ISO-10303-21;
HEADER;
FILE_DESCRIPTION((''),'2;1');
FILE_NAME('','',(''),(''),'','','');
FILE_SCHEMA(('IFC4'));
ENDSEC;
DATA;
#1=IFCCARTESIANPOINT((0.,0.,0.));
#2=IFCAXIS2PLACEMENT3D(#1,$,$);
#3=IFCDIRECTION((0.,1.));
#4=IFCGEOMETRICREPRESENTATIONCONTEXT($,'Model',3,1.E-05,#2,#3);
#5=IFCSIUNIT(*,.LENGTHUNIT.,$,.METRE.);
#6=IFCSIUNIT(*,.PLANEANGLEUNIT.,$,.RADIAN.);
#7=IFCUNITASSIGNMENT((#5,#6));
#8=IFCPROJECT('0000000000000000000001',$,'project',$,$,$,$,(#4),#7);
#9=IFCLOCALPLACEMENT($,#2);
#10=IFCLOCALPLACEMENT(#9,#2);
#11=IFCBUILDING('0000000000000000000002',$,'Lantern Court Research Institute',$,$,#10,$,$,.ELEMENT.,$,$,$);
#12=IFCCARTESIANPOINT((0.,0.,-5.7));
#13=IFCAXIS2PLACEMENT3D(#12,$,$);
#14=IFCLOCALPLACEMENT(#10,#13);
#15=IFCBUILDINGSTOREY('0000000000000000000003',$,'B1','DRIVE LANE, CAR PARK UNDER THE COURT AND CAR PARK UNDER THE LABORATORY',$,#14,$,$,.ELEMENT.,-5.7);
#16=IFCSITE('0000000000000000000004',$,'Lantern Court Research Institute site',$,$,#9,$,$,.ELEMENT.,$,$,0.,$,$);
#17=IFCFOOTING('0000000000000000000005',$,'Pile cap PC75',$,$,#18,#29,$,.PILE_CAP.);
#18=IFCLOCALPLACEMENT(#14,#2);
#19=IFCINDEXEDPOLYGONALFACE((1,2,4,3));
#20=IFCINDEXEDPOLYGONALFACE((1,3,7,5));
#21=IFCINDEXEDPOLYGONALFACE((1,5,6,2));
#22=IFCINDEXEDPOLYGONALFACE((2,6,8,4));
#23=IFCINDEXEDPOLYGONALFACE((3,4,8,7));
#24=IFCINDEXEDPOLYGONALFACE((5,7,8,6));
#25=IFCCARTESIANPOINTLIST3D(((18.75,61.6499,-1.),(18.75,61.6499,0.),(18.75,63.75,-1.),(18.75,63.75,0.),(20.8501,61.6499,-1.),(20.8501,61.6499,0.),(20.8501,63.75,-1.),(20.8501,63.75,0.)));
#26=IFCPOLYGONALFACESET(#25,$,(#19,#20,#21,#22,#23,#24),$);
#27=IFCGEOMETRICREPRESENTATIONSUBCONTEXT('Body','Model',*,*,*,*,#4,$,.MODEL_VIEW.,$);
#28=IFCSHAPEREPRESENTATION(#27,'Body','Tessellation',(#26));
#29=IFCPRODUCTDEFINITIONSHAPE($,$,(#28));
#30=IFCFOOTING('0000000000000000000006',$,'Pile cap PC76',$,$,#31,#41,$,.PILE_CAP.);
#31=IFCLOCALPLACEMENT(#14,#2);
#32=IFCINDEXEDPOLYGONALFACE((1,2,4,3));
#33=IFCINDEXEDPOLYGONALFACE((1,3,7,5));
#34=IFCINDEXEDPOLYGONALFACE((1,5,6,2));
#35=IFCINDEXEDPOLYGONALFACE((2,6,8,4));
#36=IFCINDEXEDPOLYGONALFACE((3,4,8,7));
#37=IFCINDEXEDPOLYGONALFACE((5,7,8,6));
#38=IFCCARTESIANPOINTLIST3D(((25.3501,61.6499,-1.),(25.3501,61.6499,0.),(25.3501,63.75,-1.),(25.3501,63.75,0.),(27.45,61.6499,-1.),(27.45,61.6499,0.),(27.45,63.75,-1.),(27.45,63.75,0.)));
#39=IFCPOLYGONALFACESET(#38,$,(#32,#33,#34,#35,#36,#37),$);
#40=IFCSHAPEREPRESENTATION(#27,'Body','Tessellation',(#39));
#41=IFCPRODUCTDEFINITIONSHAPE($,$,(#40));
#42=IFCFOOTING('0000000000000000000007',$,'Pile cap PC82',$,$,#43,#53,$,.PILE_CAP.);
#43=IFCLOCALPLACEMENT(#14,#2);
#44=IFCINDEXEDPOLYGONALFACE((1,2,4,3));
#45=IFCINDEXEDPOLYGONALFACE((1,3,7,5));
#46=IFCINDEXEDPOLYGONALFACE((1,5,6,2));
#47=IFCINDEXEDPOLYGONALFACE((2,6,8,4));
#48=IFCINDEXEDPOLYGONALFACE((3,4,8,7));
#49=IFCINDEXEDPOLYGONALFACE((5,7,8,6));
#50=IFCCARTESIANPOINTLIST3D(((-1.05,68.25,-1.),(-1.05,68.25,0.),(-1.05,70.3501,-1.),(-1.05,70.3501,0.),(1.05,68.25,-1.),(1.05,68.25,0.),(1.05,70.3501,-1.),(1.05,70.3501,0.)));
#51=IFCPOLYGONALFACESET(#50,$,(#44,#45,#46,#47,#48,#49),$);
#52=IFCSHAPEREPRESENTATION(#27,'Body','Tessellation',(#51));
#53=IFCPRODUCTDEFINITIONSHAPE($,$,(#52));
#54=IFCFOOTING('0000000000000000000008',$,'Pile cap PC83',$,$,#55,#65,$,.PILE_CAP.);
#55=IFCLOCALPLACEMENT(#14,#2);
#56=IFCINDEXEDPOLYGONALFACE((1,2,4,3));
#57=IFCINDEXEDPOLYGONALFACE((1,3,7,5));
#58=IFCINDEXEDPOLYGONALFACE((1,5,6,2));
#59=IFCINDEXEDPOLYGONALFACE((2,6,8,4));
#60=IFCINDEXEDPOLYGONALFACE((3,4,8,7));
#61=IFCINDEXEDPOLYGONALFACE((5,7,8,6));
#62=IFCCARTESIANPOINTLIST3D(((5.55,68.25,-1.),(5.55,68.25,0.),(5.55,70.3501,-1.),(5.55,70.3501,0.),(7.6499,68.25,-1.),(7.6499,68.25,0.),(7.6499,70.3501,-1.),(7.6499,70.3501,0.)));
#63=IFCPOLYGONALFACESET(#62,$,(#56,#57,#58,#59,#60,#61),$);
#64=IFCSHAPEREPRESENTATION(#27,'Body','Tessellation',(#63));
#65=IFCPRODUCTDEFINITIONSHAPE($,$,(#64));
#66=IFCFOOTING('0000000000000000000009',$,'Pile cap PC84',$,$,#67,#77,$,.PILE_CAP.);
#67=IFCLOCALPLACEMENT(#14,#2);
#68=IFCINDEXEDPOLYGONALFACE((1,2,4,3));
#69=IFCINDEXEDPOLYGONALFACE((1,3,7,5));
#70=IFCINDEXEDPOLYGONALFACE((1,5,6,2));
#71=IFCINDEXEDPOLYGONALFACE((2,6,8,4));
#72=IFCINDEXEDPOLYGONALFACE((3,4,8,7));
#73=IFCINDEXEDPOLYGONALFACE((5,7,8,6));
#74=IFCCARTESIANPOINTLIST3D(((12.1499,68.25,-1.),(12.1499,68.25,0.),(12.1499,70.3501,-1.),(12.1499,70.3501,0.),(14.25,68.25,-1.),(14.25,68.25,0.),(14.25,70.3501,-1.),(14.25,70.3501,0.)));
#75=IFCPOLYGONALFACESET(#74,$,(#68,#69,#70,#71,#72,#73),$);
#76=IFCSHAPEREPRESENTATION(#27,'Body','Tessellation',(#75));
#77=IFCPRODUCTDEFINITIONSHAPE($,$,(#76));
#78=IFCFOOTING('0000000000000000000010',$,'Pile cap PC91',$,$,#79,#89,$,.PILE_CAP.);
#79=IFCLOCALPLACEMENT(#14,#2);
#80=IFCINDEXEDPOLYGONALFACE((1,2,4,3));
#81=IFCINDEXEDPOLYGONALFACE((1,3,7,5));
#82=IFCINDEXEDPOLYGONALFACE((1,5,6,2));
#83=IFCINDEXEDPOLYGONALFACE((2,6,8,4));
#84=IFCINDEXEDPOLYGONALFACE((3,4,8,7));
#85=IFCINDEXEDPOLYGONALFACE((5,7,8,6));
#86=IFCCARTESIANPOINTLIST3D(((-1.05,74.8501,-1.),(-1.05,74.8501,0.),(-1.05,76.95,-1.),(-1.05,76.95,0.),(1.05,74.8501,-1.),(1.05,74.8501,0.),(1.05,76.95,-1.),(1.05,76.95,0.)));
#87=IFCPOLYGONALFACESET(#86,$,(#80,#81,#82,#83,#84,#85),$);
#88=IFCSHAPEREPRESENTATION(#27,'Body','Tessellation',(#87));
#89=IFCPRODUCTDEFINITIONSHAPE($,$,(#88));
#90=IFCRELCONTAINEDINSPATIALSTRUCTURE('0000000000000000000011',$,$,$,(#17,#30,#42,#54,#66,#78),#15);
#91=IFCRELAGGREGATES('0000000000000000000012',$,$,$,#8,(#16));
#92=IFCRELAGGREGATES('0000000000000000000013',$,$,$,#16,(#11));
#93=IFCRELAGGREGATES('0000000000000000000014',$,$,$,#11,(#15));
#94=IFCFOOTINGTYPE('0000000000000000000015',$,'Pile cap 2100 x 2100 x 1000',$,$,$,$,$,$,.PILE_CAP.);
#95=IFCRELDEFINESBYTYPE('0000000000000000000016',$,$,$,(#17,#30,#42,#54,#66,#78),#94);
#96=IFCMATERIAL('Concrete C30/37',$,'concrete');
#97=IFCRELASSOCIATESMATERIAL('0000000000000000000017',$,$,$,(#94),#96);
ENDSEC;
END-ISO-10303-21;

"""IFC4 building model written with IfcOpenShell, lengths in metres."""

from ifc_helpers import new_model, si_unit, direction, frame, origin, place, context, subcontext, project, spatial, polyline, outline, extrude, material, type_object, element, save


model = new_model("IFC4")

# Units and contexts
model_context = context("Model", 3, precision=1e-05, world=origin(), true_north=direction((0.0, 1.0)))
body_context = subcontext(model_context, "Body", "Model", "MODEL_VIEW")
ifc_project = project(units=[si_unit("LENGTHUNIT", "METRE"), si_unit("PLANEANGLEUNIT", "RADIAN")], contexts=[model_context])

# Site, building, storey
site_placement = place(None, origin())
site = spatial("IfcSite", under=ifc_project, at=site_placement, Name="Lantern Court Research Institute site", CompositionType="ELEMENT", RefElevation=0.0)
building_placement = place(site_placement, origin())
building = spatial("IfcBuilding", under=site, at=building_placement, Name="Lantern Court Research Institute", CompositionType="ELEMENT")
storey_placement = place(building_placement, frame((0.0, 0.0, -5.7)))
storey = spatial("IfcBuildingStorey", under=building, at=storey_placement, Name="B1", Description="DRIVE LANE, CAR PARK UNDER THE COURT AND CAR PARK UNDER THE LABORATORY", CompositionType="ELEMENT", Elevation=-5.7)

# Footings
ifc_material_1 = material(Name="Concrete C30/37", Category="concrete")
footing_type_1 = type_object("IfcFootingType", Name="Pile cap 2100 x 2100 x 1000", PredefinedType="PILE_CAP", material=ifc_material_1)
footing_1_placement = place(storey_placement, frame((0.0, 0.0, -1.0)))
element("IfcFooting", 1, at=footing_1_placement, inside=storey, type_object=footing_type_1, Name="Pile cap PC75", PredefinedType="PILE_CAP", context=body_context, shape_type="SweptSolid", body=[
    extrude(outline(polyline([(18.75, 61.6499), (20.8501, 61.6499), (20.8501, 63.75), (18.75, 63.75), (18.75, 61.6499)])), origin(), (0.0, 0.0, 1.0), 1.0),
])
footing_2_placement = place(storey_placement, frame((0.0, 0.0, -1.0)))
element("IfcFooting", 2, at=footing_2_placement, inside=storey, type_object=footing_type_1, Name="Pile cap PC76", PredefinedType="PILE_CAP", context=body_context, shape_type="SweptSolid", body=[
    extrude(outline(polyline([(25.3501, 61.6499), (27.45, 61.6499), (27.45, 63.75), (25.3501, 63.75), (25.3501, 61.6499)])), origin(), (0.0, 0.0, 1.0), 1.0),
])
footing_3_placement = place(storey_placement, frame((0.0, 0.0, -1.0)))
element("IfcFooting", 3, at=footing_3_placement, inside=storey, type_object=footing_type_1, Name="Pile cap PC82", PredefinedType="PILE_CAP", context=body_context, shape_type="SweptSolid", body=[
    extrude(outline(polyline([(-1.05, 68.25), (1.05, 68.25), (1.05, 70.3501), (-1.05, 70.3501), (-1.05, 68.25)])), origin(), (0.0, 0.0, 1.0), 1.0),
])
footing_4_placement = place(storey_placement, frame((0.0, 0.0, -1.0)))
element("IfcFooting", 4, at=footing_4_placement, inside=storey, type_object=footing_type_1, Name="Pile cap PC83", PredefinedType="PILE_CAP", context=body_context, shape_type="SweptSolid", body=[
    extrude(outline(polyline([(5.55, 68.25), (7.6499, 68.25), (7.6499, 70.3501), (5.55, 70.3501), (5.55, 68.25)])), origin(), (0.0, 0.0, 1.0), 1.0),
])
footing_5_placement = place(storey_placement, frame((0.0, 0.0, -1.0)))
element("IfcFooting", 5, at=footing_5_placement, inside=storey, type_object=footing_type_1, Name="Pile cap PC84", PredefinedType="PILE_CAP", context=body_context, shape_type="SweptSolid", body=[
    extrude(outline(polyline([(12.1499, 68.25), (14.25, 68.25), (14.25, 70.3501), (12.1499, 70.3501), (12.1499, 68.25)])), origin(), (0.0, 0.0, 1.0), 1.0),
])
footing_6_placement = place(storey_placement, frame((0.0, 0.0, -1.0)))
element("IfcFooting", 6, at=footing_6_placement, inside=storey, type_object=footing_type_1, Name="Pile cap PC91", PredefinedType="PILE_CAP", context=body_context, shape_type="SweptSolid", body=[
    extrude(outline(polyline([(-1.05, 74.8501), (1.05, 74.8501), (1.05, 76.95), (-1.05, 76.95), (-1.05, 74.8501)])), origin(), (0.0, 0.0, 1.0), 1.0),
])

save(model, "model.ifc")
